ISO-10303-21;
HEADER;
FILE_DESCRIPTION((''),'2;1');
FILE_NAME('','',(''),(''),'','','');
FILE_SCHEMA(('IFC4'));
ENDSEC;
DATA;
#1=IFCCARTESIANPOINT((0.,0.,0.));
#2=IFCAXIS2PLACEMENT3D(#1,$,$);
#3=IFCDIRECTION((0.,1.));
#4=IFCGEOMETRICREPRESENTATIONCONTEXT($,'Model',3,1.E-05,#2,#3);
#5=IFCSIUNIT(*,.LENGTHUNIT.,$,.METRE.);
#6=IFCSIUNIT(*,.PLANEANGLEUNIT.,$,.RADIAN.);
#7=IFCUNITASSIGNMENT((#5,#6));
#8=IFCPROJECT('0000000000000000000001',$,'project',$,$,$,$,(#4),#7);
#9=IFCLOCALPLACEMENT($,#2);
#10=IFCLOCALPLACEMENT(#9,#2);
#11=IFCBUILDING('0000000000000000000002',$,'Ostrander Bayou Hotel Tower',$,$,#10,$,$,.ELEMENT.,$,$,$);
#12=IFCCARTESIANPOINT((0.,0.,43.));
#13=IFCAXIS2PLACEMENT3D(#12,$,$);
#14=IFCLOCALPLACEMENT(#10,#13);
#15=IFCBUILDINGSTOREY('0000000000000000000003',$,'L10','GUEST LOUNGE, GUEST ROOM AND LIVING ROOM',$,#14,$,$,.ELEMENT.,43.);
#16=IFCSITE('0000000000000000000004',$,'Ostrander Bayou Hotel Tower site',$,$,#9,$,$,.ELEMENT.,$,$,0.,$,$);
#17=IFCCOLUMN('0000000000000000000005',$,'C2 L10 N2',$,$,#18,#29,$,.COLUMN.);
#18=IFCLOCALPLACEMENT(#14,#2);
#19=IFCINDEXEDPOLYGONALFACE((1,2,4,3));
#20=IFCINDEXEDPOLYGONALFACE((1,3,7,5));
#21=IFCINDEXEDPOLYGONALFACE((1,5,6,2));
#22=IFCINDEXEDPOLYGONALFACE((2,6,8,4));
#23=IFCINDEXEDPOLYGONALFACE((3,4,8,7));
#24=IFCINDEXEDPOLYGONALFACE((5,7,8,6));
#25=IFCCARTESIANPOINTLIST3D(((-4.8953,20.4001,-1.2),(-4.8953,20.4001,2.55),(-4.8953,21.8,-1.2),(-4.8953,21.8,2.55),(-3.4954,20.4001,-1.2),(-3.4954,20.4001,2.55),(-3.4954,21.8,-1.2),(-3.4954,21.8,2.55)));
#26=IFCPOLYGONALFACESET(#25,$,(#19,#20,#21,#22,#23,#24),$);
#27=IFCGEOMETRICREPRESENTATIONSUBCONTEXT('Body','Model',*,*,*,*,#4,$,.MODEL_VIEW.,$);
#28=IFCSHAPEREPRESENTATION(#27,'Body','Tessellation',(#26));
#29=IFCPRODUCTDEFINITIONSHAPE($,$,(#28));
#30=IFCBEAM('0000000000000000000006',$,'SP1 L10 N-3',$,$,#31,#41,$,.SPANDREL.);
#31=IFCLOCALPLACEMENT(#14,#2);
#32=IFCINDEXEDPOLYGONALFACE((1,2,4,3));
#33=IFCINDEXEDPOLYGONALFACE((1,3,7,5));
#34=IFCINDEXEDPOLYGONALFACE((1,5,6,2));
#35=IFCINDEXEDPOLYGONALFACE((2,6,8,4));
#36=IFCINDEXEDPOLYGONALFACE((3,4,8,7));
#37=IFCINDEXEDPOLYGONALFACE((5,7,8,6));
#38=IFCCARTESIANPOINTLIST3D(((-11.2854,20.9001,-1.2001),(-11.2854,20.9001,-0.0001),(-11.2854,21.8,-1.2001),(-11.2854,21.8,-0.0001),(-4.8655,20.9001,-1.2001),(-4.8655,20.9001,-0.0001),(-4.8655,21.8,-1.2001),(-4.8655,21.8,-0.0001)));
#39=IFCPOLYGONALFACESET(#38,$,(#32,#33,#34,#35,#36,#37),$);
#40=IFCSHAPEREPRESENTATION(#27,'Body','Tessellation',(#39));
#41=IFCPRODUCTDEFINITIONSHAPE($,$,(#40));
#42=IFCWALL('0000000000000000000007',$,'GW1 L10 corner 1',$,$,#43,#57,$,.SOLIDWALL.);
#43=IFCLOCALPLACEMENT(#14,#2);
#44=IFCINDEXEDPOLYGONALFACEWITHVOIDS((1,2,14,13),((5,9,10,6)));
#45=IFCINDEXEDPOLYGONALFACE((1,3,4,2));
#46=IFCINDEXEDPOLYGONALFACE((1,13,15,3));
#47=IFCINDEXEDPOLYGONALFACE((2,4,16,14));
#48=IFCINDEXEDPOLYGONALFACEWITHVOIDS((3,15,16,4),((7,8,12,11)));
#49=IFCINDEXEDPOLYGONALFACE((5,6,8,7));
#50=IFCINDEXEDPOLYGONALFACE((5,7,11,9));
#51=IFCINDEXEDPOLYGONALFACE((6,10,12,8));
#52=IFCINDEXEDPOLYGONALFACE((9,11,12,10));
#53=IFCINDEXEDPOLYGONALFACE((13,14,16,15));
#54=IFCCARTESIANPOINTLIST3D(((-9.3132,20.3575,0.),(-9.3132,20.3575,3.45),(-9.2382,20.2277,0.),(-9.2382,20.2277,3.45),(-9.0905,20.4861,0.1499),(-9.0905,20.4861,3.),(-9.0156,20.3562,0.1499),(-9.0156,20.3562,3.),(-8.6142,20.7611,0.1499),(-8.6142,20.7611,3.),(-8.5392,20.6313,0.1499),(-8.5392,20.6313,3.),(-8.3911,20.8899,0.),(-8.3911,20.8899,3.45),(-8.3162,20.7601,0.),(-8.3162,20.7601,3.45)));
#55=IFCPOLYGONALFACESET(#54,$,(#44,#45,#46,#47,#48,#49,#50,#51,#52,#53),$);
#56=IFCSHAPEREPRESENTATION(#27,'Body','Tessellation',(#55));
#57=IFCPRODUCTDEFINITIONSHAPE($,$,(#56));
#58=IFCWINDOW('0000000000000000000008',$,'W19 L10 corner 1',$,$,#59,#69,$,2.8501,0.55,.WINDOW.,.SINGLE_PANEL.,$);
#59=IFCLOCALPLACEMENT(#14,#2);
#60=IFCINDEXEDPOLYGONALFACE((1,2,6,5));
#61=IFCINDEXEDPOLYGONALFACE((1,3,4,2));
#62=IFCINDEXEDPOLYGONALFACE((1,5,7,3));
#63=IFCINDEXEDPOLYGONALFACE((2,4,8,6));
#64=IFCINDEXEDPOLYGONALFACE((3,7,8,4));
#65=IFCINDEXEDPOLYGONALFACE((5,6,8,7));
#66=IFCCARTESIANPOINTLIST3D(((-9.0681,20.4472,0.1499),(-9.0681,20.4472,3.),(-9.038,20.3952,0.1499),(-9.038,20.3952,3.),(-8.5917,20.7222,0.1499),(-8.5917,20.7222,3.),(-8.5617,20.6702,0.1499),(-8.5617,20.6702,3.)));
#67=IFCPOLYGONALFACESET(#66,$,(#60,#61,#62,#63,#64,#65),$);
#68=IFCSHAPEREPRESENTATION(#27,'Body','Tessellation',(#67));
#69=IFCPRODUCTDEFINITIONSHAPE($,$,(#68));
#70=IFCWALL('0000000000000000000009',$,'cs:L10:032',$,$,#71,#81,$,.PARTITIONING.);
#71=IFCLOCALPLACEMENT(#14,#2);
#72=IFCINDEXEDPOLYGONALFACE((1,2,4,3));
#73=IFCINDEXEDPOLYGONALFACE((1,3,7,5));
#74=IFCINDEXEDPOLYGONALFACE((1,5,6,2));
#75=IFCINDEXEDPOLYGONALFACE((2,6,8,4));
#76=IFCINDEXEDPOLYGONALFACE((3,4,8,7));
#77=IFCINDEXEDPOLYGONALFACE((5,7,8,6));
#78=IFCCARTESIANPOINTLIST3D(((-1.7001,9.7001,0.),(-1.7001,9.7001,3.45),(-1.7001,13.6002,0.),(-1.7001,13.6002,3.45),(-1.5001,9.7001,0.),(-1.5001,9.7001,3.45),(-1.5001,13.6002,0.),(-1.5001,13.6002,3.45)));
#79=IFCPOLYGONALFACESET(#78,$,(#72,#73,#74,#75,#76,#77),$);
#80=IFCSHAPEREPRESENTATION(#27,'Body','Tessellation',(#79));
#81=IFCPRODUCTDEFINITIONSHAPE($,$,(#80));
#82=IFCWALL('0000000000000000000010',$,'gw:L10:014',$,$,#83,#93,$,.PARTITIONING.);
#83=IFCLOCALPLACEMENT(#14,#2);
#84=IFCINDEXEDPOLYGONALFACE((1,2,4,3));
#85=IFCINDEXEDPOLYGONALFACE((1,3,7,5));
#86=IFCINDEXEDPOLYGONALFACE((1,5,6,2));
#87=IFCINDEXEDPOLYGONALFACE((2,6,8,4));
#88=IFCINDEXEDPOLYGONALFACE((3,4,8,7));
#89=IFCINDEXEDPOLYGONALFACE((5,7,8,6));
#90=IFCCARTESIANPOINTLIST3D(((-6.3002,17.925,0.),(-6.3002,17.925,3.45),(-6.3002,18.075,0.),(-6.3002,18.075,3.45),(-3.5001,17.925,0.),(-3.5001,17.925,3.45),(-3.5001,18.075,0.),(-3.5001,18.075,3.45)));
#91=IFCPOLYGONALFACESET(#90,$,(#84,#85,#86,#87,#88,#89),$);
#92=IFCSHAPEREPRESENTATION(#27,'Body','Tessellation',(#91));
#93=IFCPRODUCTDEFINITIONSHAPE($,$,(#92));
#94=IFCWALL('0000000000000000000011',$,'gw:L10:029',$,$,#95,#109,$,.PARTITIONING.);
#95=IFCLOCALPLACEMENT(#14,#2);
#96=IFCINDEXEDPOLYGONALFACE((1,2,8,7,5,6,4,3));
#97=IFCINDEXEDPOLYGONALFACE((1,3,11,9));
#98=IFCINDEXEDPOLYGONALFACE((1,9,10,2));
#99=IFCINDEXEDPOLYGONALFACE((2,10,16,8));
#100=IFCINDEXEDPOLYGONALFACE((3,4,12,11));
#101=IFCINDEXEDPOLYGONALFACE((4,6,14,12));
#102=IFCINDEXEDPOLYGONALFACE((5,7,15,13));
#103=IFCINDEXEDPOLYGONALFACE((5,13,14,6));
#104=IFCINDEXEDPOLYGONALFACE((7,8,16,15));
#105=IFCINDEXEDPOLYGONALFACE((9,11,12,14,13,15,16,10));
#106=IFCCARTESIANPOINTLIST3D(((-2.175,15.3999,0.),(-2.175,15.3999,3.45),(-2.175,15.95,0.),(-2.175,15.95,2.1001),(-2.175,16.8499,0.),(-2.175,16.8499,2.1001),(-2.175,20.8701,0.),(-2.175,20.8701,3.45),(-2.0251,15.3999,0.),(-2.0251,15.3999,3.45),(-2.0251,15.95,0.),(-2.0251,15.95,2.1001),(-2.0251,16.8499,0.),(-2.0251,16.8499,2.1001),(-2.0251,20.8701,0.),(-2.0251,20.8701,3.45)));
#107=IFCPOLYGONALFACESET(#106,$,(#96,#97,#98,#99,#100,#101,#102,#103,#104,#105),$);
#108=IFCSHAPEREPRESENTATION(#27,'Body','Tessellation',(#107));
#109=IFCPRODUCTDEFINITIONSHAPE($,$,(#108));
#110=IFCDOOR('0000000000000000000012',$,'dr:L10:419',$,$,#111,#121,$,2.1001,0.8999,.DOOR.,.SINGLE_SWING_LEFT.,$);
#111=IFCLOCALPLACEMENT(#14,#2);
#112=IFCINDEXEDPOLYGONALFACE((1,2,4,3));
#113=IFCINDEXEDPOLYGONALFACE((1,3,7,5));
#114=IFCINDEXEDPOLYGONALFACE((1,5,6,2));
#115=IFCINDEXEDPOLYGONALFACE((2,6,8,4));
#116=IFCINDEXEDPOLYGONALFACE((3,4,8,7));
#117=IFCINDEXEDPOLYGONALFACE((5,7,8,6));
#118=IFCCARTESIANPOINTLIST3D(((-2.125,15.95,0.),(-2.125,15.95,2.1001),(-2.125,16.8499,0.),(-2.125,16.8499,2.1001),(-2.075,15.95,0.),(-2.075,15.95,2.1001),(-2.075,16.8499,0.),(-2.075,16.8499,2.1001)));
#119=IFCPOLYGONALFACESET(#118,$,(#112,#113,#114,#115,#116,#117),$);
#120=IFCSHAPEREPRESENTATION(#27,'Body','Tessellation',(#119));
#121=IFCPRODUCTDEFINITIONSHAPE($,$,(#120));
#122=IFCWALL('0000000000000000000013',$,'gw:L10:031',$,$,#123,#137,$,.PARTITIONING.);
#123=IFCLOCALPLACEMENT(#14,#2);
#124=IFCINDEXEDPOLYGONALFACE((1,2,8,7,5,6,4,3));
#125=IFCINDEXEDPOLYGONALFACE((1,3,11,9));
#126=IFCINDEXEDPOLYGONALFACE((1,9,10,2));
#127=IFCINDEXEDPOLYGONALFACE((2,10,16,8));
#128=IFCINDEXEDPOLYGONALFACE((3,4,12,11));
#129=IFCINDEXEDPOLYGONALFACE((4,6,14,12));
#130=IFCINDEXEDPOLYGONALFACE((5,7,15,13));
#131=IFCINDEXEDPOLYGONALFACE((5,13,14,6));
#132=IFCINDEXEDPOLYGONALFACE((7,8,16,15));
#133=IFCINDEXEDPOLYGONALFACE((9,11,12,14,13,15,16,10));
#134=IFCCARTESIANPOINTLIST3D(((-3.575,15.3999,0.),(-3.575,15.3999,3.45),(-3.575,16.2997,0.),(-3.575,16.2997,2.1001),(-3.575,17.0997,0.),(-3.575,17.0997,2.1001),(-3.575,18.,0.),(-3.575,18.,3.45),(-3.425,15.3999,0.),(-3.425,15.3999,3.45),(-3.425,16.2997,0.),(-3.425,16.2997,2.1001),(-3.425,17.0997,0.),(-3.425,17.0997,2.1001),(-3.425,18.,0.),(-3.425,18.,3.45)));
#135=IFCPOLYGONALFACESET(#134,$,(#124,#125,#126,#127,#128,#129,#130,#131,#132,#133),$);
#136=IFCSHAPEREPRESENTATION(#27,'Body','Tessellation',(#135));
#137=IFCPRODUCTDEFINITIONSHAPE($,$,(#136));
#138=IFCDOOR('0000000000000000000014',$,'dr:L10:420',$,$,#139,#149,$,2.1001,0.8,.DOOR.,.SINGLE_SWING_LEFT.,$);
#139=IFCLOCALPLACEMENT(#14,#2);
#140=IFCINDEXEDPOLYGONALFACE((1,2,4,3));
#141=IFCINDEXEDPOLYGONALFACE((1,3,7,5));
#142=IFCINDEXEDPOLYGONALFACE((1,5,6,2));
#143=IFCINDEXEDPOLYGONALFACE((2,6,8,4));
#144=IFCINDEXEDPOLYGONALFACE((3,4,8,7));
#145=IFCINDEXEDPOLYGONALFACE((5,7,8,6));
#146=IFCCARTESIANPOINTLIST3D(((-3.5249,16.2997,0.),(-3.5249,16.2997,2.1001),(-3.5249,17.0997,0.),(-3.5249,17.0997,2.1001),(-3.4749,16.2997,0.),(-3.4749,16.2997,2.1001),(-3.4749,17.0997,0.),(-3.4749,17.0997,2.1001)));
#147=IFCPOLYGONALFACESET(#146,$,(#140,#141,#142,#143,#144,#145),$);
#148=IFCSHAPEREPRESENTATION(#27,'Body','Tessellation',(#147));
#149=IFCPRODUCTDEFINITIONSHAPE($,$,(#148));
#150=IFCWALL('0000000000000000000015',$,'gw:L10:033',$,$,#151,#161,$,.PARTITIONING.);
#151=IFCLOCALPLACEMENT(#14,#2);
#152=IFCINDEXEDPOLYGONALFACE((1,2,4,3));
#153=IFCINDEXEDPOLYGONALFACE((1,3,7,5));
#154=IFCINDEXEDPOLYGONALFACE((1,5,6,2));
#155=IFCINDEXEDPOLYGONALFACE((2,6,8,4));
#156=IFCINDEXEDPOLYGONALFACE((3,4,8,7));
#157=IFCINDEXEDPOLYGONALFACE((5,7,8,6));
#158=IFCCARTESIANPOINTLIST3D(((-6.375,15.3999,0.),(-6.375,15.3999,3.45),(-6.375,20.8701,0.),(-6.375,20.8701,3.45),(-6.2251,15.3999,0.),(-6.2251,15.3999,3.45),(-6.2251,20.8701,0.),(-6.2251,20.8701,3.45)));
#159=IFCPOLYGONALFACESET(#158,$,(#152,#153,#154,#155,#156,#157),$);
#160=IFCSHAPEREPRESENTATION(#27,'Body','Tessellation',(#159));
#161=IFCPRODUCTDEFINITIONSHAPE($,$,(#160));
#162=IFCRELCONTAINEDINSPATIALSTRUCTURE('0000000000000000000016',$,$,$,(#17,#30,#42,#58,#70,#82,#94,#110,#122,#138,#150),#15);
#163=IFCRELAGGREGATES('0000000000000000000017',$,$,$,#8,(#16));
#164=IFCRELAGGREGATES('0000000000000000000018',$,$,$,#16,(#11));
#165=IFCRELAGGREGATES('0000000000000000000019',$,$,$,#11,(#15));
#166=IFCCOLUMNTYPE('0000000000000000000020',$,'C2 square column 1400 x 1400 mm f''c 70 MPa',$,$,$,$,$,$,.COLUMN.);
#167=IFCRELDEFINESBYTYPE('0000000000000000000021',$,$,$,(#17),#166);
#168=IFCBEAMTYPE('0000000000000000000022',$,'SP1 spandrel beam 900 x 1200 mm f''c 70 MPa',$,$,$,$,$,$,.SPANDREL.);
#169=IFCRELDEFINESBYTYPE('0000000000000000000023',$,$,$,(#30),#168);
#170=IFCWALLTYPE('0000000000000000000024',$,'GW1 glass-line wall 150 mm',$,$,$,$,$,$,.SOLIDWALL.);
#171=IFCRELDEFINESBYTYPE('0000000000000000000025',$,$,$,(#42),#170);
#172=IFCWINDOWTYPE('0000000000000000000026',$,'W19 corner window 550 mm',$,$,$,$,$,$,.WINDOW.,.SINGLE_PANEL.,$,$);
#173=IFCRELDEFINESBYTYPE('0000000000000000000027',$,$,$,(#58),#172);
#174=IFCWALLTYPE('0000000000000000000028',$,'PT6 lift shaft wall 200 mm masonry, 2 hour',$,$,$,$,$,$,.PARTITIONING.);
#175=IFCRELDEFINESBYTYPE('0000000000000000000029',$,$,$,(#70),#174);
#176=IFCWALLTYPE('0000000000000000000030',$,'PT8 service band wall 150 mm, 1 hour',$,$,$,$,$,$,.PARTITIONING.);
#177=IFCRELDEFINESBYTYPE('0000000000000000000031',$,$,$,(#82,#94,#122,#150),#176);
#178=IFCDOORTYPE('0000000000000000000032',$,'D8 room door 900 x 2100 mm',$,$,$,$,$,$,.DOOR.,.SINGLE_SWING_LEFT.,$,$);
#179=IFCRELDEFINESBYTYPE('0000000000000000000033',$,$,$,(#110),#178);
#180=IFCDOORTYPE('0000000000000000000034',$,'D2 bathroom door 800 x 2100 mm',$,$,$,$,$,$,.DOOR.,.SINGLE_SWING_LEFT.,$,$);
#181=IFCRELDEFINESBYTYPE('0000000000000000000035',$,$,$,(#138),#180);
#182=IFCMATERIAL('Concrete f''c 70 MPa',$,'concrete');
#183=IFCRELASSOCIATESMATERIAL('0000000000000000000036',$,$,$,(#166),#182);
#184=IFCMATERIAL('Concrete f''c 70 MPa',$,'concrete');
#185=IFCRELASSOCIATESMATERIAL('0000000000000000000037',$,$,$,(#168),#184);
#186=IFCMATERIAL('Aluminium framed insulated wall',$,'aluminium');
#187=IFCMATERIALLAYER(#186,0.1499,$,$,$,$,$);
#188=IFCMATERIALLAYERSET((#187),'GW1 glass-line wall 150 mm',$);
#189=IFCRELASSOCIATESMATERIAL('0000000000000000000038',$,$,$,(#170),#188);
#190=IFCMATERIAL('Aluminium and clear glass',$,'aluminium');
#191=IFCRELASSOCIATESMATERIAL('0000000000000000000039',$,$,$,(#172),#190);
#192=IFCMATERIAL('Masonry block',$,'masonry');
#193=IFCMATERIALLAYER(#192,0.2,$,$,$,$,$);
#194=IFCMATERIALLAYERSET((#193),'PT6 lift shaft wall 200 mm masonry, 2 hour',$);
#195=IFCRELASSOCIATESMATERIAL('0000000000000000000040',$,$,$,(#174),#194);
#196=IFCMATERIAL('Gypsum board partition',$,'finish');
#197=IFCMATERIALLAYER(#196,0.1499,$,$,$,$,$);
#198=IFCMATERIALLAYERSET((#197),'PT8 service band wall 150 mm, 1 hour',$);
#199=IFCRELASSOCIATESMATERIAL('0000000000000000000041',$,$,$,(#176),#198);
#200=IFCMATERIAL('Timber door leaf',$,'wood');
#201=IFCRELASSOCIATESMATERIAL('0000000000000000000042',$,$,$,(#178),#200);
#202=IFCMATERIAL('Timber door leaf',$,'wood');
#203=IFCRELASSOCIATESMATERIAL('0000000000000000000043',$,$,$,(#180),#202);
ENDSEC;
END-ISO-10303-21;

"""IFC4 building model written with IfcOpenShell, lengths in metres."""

from ifc_helpers import new_model, si_unit, direction, frame, frame_2d, origin, origin_2d, place, context, subcontext, project, spatial, rectangle, extrude, material, layer, layer_set, material_profile, profile_set, type_object, element, fill, save


model = new_model("IFC4")

# Units and contexts
model_context = context("Model", 3, precision=1e-05, world=origin(), true_north=direction((0.0, 1.0)))
body_context = subcontext(model_context, "Body", "Model", "MODEL_VIEW")
ifc_project = project(units=[si_unit("LENGTHUNIT", "METRE"), si_unit("PLANEANGLEUNIT", "RADIAN")], contexts=[model_context])

# Site, building, storey
site_placement = place(None, origin())
site = spatial("IfcSite", under=ifc_project, at=site_placement, Name="Ostrander Bayou Hotel Tower site", CompositionType="ELEMENT", RefElevation=0.0)
building_placement = place(site_placement, origin())
building = spatial("IfcBuilding", under=site, at=building_placement, Name="Ostrander Bayou Hotel Tower", CompositionType="ELEMENT")
storey_placement = place(building_placement, frame((0.0, 0.0, 43.0)))
storey = spatial("IfcBuildingStorey", under=building, at=storey_placement, Name="L10", Description="GUEST LOUNGE, GUEST ROOM AND LIVING ROOM", CompositionType="ELEMENT", Elevation=43.0)

# Column
ifc_material_1 = material(Name="Concrete f'c 70 MPa", Category="concrete")
ifc_material_profile_1 = material_profile(ifc_material_1, rectangle(XDim=1.3999, YDim=1.3999, at=origin_2d()))
ifc_profile_set_1 = profile_set([ifc_material_profile_1], Name="Concrete f'c 70 MPa")
column_type = type_object("IfcColumnType", Name="C2 square column 1400 x 1400 mm f'c 70 MPa", PredefinedType="COLUMN", material=ifc_profile_set_1)
column_placement = place(storey_placement, frame((-4.1953, 21.1001, -1.2), z_axis=(0.0, 0.0, 1.0), x_axis=(1.0, 0.0, 0.0)))
element("IfcColumn", 1, at=column_placement, inside=storey, type_object=column_type, Name="C2 L10 N2", PredefinedType="COLUMN", context=body_context, shape_type="SweptSolid", body=[
    extrude(rectangle(XDim=1.3999, YDim=1.3999, at=origin_2d()), origin(), (0.0, 0.0, 1.0), 3.75),
])

# Beam
ifc_material_2 = material(Name="Concrete f'c 70 MPa", Category="concrete")
ifc_material_profile_2 = material_profile(ifc_material_2, rectangle(XDim=0.8999, YDim=1.2, at=origin_2d()))
ifc_profile_set_2 = profile_set([ifc_material_profile_2], Name="Concrete f'c 70 MPa")
beam_type = type_object("IfcBeamType", Name="SP1 spandrel beam 900 x 1200 mm f'c 70 MPa", PredefinedType="SPANDREL", material=ifc_profile_set_2)
beam_placement = place(storey_placement, frame((-4.8655, 21.3501, -0.6001), z_axis=(-1.0, 0.0, 0.0), x_axis=(0.0, -1.0, 0.0)))
element("IfcBeam", 2, at=beam_placement, inside=storey, type_object=beam_type, Name="SP1 L10 N-3", PredefinedType="SPANDREL", context=body_context, shape_type="SweptSolid", body=[
    extrude(rectangle(XDim=0.8999, YDim=1.2, at=origin_2d()), origin(), (0.0, 0.0, 1.0), 6.4199),
])

# Wall, opening, window
ifc_material_3 = material(Name="Aluminium framed insulated wall", Category="aluminium")
ifc_layer_1 = layer(ifc_material_3, 0.1499)
ifc_layer_set_1 = layer_set([ifc_layer_1], Name="GW1 glass-line wall 150 mm")
wall_type_1 = type_object("IfcWallType", Name="GW1 glass-line wall 150 mm", PredefinedType="SOLIDWALL", material=ifc_layer_set_1)
wall_1_placement = place(storey_placement, frame((-8.3538, 20.825, 0.0), z_axis=(0.0, 0.0, 1.0), x_axis=(-0.865991, -0.50006, 0.0)))
wall_1 = element("IfcWall", 3, at=wall_1_placement, inside=storey, type_object=wall_type_1, Name="GW1 L10 corner 1", PredefinedType="SOLIDWALL", context=body_context, shape_type="SweptSolid", body=[
    extrude(rectangle(XDim=1.0647, YDim=0.1499, at=frame_2d((0.5322, 0.0))), origin(), (0.0, 0.0, 1.0), 3.45),
])
opening_1_placement = place(wall_1_placement, frame((0.2576, 0.0, 0.1499)))
opening_1 = element("IfcOpeningElement", 4, at=opening_1_placement, cuts=wall_1, PredefinedType="OPENING", context=body_context, shape_type="SweptSolid", body=[
    extrude(rectangle(XDim=0.55, YDim=2.8501, at=frame_2d((0.2749, 1.425))), frame((0.0, 0.075, 0.0), z_axis=(0.0, -1.0, 0.0), x_axis=(1.0, 0.0, 0.0)), (0.0, 0.0, 1.0), 0.1499),
])
ifc_material_4 = material(Name="Aluminium and clear glass", Category="aluminium")
window_type_1 = type_object("IfcWindowType", Name="W19 corner window 550 mm", PartitioningType="SINGLE_PANEL", PredefinedType="WINDOW", material=ifc_material_4)
window_1_placement = place(opening_1_placement, origin())
window_1 = element("IfcWindow", 5, at=window_1_placement, inside=storey, type_object=window_type_1, Name="W19 L10 corner 1", OverallHeight=2.8501, OverallWidth=0.55, PartitioningType="SINGLE_PANEL", PredefinedType="WINDOW", context=body_context, shape_type="SweptSolid", body=[
    extrude(rectangle(XDim=0.55, YDim=2.8501, at=frame_2d((0.2749, 1.425))), frame((0.0, 0.03, 0.0), z_axis=(0.0, -1.0, 0.0), x_axis=(1.0, 0.0, 0.0)), (0.0, 0.0, 1.0), 0.0601),
])
fill(opening_1, window_1)

# Walls
ifc_material_5 = material(Name="Masonry block", Category="masonry")
ifc_layer_2 = layer(ifc_material_5, 0.2)
ifc_layer_set_2 = layer_set([ifc_layer_2], Name="PT6 lift shaft wall 200 mm masonry, 2 hour")
wall_type_2 = type_object("IfcWallType", Name="PT6 lift shaft wall 200 mm masonry, 2 hour", PredefinedType="PARTITIONING", material=ifc_layer_set_2)
wall_2_placement = place(storey_placement, frame((-1.6001, 9.7, 0.0), z_axis=(0.0, 0.0, 1.0), x_axis=(0.0, 1.0, 0.0)))
element("IfcWall", 6, at=wall_2_placement, inside=storey, type_object=wall_type_2, Name="cs:L10:032", PredefinedType="PARTITIONING", context=body_context, shape_type="SweptSolid", body=[
    extrude(rectangle(XDim=3.9001, YDim=0.2, at=frame_2d((1.9502, 0.0))), origin(), (0.0, 0.0, 1.0), 3.45),
])
ifc_material_6 = material(Name="Gypsum board partition", Category="finish")
ifc_layer_3 = layer(ifc_material_6, 0.1499)
ifc_layer_set_3 = layer_set([ifc_layer_3], Name="PT8 service band wall 150 mm, 1 hour")
wall_type_3 = type_object("IfcWallType", Name="PT8 service band wall 150 mm, 1 hour", PredefinedType="PARTITIONING", material=ifc_layer_set_3)
wall_3_placement = place(storey_placement, frame((-6.3, 18.0, 0.0), z_axis=(0.0, 0.0, 1.0), x_axis=(1.0, 0.0, 0.0)))
element("IfcWall", 7, at=wall_3_placement, inside=storey, type_object=wall_type_3, Name="gw:L10:014", PredefinedType="PARTITIONING", context=body_context, shape_type="SweptSolid", body=[
    extrude(rectangle(XDim=2.8, YDim=0.1499, at=frame_2d((1.3999, 0.0))), origin(), (0.0, 0.0, 1.0), 3.45),
])

# Walls, openings, doors
wall_4_placement = place(storey_placement, frame((-2.1001, 15.3999, 0.0), z_axis=(0.0, 0.0, 1.0), x_axis=(0.0, 1.0, 0.0)))
wall_4 = element("IfcWall", 8, at=wall_4_placement, inside=storey, type_object=wall_type_3, Name="gw:L10:029", PredefinedType="PARTITIONING", context=body_context, shape_type="SweptSolid", body=[
    extrude(rectangle(XDim=5.4702, YDim=0.1499, at=frame_2d((2.7351, 0.0))), origin(), (0.0, 0.0, 1.0), 3.45),
])
opening_2_placement = place(wall_4_placement, frame((0.55, 0.0, 0.0)))
opening_2 = element("IfcOpeningElement", 9, at=opening_2_placement, cuts=wall_4, PredefinedType="OPENING", context=body_context, shape_type="SweptSolid", body=[
    extrude(rectangle(XDim=0.8999, YDim=2.1001, at=frame_2d((0.45, 1.05))), frame((0.0, 0.075, 0.0), z_axis=(0.0, -1.0, 0.0), x_axis=(1.0, 0.0, 0.0)), (0.0, 0.0, 1.0), 0.1499),
])
ifc_material_7 = material(Name="Timber door leaf", Category="wood")
door_type_1 = type_object("IfcDoorType", Name="D8 room door 900 x 2100 mm", OperationType="SINGLE_SWING_LEFT", PredefinedType="DOOR", material=ifc_material_7)
door_1_placement = place(opening_2_placement, origin())
door_1 = element("IfcDoor", 10, at=door_1_placement, inside=storey, type_object=door_type_1, Name="dr:L10:419", OperationType="SINGLE_SWING_LEFT", OverallHeight=2.1001, OverallWidth=0.8999, PredefinedType="DOOR", context=body_context, shape_type="SweptSolid", body=[
    extrude(rectangle(XDim=0.8999, YDim=2.1001, at=frame_2d((0.45, 1.05))), frame((0.0, 0.0249, 0.0), z_axis=(0.0, -1.0, 0.0), x_axis=(1.0, 0.0, 0.0)), (0.0, 0.0, 1.0), 0.05),
])
fill(opening_2, door_1)
wall_5_placement = place(storey_placement, frame((-3.5, 15.3999, 0.0), z_axis=(0.0, 0.0, 1.0), x_axis=(0.0, 1.0, 0.0)))
wall_5 = element("IfcWall", 11, at=wall_5_placement, inside=storey, type_object=wall_type_3, Name="gw:L10:031", PredefinedType="PARTITIONING", context=body_context, shape_type="SweptSolid", body=[
    extrude(rectangle(XDim=2.6001, YDim=0.1499, at=frame_2d((1.3, 0.0))), origin(), (0.0, 0.0, 1.0), 3.45),
])
opening_3_placement = place(wall_5_placement, frame((0.8999, 0.0, 0.0)))
opening_3 = element("IfcOpeningElement", 12, at=opening_3_placement, cuts=wall_5, PredefinedType="OPENING", context=body_context, shape_type="SweptSolid", body=[
    extrude(rectangle(XDim=0.8, YDim=2.1001, at=frame_2d((0.3999, 1.05))), frame((0.0, 0.075, 0.0), z_axis=(0.0, -1.0, 0.0), x_axis=(1.0, 0.0, 0.0)), (0.0, 0.0, 1.0), 0.1499),
])
ifc_material_8 = material(Name="Timber door leaf", Category="wood")
door_type_2 = type_object("IfcDoorType", Name="D2 bathroom door 800 x 2100 mm", OperationType="SINGLE_SWING_LEFT", PredefinedType="DOOR", material=ifc_material_8)
door_2_placement = place(opening_3_placement, origin())
door_2 = element("IfcDoor", 13, at=door_2_placement, inside=storey, type_object=door_type_2, Name="dr:L10:420", OperationType="SINGLE_SWING_LEFT", OverallHeight=2.1001, OverallWidth=0.8, PredefinedType="DOOR", context=body_context, shape_type="SweptSolid", body=[
    extrude(rectangle(XDim=0.8, YDim=2.1001, at=frame_2d((0.3999, 1.05))), frame((0.0, 0.0249, 0.0), z_axis=(0.0, -1.0, 0.0), x_axis=(1.0, 0.0, 0.0)), (0.0, 0.0, 1.0), 0.05),
])
fill(opening_3, door_2)

# Wall
wall_6_placement = place(storey_placement, frame((-6.3, 15.3999, 0.0), z_axis=(0.0, 0.0, 1.0), x_axis=(0.0, 1.0, 0.0)))
element("IfcWall", 14, at=wall_6_placement, inside=storey, type_object=wall_type_3, Name="gw:L10:033", PredefinedType="PARTITIONING", context=body_context, shape_type="SweptSolid", body=[
    extrude(rectangle(XDim=5.4702, YDim=0.1499, at=frame_2d((2.7351, 0.0))), origin(), (0.0, 0.0, 1.0), 3.45),
])

save(model, "model.ifc")
